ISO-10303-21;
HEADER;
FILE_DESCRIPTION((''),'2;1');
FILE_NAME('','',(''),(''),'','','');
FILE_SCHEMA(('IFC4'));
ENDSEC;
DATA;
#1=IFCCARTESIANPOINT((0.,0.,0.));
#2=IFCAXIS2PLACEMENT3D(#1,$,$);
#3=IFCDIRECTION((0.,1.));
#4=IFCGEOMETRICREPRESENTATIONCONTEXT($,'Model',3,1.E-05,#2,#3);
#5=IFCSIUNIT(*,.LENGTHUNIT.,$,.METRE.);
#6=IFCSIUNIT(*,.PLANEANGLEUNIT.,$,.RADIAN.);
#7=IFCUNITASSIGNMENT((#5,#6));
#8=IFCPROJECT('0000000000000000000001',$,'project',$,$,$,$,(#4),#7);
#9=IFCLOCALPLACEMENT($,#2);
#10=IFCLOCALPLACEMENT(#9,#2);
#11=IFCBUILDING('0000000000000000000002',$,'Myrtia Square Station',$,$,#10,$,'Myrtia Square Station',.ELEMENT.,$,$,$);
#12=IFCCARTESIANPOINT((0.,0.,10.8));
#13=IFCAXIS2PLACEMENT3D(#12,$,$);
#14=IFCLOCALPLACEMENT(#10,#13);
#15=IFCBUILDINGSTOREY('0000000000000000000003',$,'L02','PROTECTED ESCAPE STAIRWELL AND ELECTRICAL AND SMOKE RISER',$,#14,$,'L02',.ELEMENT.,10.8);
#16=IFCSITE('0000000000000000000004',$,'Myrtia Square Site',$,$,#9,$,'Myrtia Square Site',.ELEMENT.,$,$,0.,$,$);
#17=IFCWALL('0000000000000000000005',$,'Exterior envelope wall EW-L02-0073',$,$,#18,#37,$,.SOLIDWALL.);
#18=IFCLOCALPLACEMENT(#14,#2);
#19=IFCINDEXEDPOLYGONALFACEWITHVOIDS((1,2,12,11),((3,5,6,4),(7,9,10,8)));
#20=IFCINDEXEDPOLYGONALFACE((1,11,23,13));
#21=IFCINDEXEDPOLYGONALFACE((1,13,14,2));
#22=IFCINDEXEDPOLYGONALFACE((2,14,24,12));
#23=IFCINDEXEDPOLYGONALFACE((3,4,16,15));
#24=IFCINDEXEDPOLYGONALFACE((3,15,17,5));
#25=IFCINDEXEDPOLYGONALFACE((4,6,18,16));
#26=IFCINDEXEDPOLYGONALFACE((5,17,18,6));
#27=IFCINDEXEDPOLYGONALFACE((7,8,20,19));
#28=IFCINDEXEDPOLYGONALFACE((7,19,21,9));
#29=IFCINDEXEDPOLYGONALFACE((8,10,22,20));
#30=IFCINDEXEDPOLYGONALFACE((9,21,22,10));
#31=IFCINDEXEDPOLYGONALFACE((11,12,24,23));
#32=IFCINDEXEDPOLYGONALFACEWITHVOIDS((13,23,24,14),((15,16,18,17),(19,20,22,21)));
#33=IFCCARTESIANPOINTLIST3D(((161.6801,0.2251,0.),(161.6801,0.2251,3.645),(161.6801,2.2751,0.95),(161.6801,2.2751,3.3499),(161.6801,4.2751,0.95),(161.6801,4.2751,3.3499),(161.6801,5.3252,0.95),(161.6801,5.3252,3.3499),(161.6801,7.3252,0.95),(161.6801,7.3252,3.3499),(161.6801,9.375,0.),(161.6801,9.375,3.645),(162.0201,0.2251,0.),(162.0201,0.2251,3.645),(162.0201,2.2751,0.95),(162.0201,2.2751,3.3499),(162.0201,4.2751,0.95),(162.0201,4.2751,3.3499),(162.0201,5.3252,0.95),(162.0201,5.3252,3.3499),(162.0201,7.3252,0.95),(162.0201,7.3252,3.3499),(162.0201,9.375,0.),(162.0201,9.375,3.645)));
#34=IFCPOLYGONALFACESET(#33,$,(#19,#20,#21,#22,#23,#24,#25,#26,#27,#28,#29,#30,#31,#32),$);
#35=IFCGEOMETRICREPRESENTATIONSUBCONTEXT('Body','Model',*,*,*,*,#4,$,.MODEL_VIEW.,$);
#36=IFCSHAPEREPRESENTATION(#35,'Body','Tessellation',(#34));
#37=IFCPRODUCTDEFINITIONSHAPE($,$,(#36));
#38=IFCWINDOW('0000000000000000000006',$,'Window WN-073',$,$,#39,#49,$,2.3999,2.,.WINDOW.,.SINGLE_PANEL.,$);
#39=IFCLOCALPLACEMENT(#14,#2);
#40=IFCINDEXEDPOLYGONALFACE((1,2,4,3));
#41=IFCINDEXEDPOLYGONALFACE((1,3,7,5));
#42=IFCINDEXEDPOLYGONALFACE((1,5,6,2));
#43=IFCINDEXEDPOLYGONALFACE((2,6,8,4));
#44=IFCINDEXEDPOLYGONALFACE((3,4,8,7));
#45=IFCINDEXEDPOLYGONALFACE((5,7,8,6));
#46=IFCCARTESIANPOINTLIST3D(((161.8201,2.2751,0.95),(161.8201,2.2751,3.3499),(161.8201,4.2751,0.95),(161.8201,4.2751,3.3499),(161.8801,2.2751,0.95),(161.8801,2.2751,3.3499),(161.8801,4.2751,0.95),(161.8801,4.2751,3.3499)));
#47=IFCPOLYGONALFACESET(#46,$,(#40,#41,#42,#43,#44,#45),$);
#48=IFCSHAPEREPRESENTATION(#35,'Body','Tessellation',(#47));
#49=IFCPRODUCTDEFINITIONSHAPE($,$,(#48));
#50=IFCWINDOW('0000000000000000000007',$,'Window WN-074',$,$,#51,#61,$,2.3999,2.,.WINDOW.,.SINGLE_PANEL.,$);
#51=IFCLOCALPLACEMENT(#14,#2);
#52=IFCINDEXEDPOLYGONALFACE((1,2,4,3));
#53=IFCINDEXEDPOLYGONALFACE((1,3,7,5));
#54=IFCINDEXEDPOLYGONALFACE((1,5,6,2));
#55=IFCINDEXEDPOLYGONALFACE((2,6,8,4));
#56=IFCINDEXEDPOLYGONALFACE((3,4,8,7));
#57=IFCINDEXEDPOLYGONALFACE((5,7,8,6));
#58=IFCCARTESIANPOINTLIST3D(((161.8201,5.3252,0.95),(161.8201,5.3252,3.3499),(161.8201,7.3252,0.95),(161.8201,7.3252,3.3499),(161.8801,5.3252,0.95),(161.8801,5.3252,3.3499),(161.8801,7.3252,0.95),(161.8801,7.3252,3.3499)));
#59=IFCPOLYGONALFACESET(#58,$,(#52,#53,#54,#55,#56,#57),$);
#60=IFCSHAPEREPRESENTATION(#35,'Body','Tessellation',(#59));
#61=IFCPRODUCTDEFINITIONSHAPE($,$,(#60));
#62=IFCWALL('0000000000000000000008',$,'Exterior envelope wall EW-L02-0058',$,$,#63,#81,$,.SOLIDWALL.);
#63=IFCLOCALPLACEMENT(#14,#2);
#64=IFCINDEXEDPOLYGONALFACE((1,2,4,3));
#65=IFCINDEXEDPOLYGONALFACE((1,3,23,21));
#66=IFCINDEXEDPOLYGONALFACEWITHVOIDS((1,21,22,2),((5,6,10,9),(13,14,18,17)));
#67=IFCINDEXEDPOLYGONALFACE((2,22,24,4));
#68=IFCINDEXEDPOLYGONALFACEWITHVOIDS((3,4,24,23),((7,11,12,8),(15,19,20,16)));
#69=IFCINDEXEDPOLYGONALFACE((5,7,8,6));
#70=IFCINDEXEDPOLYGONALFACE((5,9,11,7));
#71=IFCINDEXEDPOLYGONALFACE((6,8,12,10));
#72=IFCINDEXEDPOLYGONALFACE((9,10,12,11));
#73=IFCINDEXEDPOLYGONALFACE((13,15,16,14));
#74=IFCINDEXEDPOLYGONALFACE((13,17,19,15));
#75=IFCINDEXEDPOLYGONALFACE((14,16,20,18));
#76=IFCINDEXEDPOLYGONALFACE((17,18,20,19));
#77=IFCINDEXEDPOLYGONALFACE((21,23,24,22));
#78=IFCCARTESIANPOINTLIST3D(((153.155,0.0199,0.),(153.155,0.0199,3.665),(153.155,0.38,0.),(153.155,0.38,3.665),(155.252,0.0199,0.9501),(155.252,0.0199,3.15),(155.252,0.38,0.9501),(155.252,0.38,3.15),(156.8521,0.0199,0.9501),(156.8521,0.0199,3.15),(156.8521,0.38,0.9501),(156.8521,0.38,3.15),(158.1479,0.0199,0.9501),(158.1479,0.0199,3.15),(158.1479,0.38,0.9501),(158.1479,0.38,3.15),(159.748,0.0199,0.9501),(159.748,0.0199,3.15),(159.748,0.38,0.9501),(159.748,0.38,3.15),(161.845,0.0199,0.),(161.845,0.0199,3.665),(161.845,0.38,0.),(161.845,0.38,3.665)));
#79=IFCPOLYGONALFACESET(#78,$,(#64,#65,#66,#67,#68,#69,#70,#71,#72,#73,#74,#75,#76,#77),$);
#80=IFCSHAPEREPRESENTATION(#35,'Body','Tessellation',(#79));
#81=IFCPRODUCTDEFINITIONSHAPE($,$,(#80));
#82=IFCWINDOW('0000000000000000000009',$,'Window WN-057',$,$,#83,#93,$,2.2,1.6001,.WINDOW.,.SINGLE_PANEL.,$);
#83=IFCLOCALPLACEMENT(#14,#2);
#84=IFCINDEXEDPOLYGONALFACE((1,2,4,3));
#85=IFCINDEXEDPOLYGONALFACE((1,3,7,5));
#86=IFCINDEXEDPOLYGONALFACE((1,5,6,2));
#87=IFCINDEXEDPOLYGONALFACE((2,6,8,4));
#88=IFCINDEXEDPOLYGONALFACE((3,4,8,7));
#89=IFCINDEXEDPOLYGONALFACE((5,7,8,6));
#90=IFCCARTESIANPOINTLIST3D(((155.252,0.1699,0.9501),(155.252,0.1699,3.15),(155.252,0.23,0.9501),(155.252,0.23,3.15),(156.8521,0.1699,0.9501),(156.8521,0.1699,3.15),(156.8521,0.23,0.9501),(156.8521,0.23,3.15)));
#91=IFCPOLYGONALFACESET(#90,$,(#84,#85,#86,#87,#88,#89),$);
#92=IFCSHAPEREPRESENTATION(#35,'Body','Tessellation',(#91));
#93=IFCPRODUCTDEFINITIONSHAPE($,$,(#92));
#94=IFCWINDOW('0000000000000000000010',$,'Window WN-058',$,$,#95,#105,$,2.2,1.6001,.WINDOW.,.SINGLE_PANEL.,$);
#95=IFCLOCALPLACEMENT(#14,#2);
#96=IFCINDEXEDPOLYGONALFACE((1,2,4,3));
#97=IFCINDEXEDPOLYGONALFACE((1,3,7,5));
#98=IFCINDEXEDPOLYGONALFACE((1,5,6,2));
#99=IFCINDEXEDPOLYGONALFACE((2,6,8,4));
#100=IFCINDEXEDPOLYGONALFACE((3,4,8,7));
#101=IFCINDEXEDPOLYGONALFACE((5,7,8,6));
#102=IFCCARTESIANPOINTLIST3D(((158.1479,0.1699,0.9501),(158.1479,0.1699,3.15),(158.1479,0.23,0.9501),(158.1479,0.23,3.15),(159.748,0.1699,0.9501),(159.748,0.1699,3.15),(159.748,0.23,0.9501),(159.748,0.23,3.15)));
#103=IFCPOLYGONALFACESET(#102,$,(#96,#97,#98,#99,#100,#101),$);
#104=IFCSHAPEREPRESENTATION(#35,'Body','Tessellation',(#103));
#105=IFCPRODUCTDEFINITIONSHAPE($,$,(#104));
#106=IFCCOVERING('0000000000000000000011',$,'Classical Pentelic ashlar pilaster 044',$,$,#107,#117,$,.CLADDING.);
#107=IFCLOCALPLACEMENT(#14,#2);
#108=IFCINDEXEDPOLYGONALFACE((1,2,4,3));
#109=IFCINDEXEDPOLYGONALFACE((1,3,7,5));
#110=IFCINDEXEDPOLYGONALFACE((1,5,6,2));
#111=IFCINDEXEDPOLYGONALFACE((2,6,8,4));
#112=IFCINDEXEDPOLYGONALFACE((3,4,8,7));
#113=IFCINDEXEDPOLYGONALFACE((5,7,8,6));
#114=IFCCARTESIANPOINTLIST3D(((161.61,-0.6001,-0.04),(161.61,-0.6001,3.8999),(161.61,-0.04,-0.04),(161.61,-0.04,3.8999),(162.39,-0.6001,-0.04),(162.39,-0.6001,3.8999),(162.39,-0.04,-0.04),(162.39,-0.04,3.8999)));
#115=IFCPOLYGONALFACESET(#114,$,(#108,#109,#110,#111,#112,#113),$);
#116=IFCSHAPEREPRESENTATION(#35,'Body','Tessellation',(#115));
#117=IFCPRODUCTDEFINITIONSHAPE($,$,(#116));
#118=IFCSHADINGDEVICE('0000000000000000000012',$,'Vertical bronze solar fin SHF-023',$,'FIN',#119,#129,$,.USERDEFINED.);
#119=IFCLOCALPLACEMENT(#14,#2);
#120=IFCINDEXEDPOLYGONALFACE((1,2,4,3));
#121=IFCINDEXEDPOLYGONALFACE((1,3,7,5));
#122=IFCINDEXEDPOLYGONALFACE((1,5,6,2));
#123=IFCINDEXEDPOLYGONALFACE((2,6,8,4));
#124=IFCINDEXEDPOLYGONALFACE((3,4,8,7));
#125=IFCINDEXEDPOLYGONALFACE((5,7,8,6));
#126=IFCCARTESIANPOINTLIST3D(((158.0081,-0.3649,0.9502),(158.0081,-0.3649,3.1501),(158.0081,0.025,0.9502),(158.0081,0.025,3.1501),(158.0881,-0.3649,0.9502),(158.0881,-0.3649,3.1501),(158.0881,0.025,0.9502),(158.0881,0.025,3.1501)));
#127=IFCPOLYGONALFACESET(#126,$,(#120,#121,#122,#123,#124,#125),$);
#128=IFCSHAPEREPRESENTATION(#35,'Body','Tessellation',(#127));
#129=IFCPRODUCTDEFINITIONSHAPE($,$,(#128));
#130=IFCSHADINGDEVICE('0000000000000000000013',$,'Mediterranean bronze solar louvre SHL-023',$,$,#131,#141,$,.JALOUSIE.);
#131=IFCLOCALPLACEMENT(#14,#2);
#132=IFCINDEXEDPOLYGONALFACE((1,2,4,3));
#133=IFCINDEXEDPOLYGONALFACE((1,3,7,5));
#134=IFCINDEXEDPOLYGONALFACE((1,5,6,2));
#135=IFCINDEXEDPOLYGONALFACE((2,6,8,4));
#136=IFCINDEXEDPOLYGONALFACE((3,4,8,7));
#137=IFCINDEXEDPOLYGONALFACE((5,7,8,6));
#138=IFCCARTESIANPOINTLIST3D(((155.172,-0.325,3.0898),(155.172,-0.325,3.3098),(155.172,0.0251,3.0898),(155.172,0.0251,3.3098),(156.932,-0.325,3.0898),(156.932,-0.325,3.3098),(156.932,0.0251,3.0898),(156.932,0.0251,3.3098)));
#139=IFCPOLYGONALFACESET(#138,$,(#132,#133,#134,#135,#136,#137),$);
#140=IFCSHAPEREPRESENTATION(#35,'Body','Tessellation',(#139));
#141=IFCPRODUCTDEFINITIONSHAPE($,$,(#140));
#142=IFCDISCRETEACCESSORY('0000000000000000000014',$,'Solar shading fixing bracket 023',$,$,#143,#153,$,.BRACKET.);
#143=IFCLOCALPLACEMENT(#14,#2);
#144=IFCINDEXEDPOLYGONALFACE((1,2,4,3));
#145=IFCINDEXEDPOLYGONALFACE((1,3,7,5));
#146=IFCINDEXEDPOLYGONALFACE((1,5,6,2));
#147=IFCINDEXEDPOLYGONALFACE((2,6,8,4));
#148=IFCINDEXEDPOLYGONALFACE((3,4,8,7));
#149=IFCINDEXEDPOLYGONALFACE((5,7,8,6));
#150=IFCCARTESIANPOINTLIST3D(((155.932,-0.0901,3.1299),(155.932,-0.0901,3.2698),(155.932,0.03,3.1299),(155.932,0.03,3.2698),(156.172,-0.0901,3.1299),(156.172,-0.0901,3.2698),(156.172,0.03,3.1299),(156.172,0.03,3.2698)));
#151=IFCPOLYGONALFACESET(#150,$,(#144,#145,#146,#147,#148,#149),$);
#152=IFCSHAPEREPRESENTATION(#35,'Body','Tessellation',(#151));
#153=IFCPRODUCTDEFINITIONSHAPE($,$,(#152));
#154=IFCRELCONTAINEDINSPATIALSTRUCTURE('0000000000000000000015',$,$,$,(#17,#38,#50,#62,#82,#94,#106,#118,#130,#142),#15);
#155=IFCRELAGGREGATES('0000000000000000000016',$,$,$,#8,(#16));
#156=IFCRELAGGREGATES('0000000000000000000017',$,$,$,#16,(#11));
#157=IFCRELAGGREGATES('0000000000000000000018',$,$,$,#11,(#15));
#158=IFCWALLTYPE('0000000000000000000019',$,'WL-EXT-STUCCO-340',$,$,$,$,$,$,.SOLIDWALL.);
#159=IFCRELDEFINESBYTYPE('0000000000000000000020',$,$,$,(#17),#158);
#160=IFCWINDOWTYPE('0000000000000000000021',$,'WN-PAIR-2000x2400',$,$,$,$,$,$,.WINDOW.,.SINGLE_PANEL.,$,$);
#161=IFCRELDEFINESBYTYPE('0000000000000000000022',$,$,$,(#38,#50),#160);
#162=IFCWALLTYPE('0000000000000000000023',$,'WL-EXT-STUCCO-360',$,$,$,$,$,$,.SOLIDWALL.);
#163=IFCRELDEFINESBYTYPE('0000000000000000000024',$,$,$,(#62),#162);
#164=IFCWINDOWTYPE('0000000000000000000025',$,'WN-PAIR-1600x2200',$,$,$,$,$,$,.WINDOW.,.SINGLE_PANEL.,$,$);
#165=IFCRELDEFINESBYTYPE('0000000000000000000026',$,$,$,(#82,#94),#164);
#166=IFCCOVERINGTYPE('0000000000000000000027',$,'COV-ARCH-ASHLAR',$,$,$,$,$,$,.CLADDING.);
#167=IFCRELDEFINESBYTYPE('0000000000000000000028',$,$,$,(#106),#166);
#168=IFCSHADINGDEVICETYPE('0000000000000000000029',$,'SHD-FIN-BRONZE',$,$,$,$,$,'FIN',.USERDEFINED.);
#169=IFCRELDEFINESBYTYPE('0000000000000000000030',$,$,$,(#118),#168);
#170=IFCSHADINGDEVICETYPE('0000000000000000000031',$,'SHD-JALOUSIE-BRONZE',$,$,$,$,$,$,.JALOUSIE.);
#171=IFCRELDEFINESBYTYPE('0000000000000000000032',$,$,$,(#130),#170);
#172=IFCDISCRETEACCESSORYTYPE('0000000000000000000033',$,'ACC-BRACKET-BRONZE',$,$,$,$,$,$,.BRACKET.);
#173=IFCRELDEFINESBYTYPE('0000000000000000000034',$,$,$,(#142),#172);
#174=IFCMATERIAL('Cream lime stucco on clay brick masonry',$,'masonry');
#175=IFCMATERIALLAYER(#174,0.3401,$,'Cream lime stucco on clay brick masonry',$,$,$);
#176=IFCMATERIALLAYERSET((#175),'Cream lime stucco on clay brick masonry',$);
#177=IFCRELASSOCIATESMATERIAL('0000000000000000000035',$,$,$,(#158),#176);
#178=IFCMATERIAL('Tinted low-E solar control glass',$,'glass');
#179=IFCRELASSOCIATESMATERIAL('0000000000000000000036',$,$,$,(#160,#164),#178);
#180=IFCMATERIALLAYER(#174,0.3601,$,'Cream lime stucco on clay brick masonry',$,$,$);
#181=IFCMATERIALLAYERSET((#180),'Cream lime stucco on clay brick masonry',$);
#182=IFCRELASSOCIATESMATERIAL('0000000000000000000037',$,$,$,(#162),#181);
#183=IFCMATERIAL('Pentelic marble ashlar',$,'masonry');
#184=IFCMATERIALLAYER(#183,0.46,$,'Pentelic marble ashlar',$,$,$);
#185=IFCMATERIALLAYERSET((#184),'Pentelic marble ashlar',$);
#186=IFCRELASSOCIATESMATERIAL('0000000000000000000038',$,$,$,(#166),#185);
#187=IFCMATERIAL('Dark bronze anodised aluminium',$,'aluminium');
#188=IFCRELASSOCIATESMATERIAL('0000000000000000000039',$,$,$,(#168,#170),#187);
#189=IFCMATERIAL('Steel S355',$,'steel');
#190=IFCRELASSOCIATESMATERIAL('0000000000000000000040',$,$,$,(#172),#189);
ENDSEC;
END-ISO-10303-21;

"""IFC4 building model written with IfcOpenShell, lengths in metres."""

from ifc_helpers import new_model, si_unit, direction, frame, frame_2d, origin, origin_2d, place, context, subcontext, project, spatial, rectangle, extrude, material, layer, layer_set, type_object, element, fill, save


model = new_model("IFC4")

# Units and contexts
model_context = context("Model", 3, precision=1e-05, world=origin(), true_north=direction((0.0, 1.0)))
body_context = subcontext(model_context, "Body", "Model", "MODEL_VIEW")
ifc_project = project(units=[si_unit("LENGTHUNIT", "METRE"), si_unit("PLANEANGLEUNIT", "RADIAN")], contexts=[model_context])

# Site, building, storey
site_placement = place(None, origin())
site = spatial("IfcSite", under=ifc_project, at=site_placement, Name="Myrtia Square Site", LongName="Myrtia Square Site", CompositionType="ELEMENT", RefElevation=0.0)
building_placement = place(site_placement, origin())
building = spatial("IfcBuilding", under=site, at=building_placement, Name="Myrtia Square Station", LongName="Myrtia Square Station", CompositionType="ELEMENT")
storey_placement = place(building_placement, frame((0.0, 0.0, 10.8)))
storey = spatial("IfcBuildingStorey", under=building, at=storey_placement, Name="L02", Description="PROTECTED ESCAPE STAIRWELL AND ELECTRICAL AND SMOKE RISER", LongName="L02", CompositionType="ELEMENT", Elevation=10.8)

# Shared definitions
ifc_material_1 = material(Name="Steel S355", Category="steel")

# Walls, openings, windows
ifc_material_2 = material(Name="Cream lime stucco on clay brick masonry", Category="masonry")
ifc_layer_1 = layer(ifc_material_2, 0.3401, Name="Cream lime stucco on clay brick masonry")
ifc_layer_set_1 = layer_set([ifc_layer_1], Name="Cream lime stucco on clay brick masonry")
wall_type_1 = type_object("IfcWallType", Name="WL-EXT-STUCCO-340", PredefinedType="SOLIDWALL", material=ifc_layer_set_1)
wall_1_placement = place(storey_placement, frame((161.8501, 0.2251, 0.0), z_axis=(0.0, 0.0, 1.0), x_axis=(0.0, 1.0, 0.0)))
wall_1 = element("IfcWall", 1, at=wall_1_placement, inside=storey, type_object=wall_type_1, Name="Exterior envelope wall EW-L02-0073", PredefinedType="SOLIDWALL", context=body_context, shape_type="SweptSolid", body=[
    extrude(rectangle(XDim=9.1499, YDim=0.3401, at=frame_2d((4.575, 0.0))), origin(), (0.0, 0.0, 1.0), 3.645),
])
opening_1_placement = place(wall_1_placement, frame((2.05, 0.0, 0.95)))
opening_1 = element("IfcOpeningElement", 2, at=opening_1_placement, cuts=wall_1, PredefinedType="OPENING", context=body_context, shape_type="SweptSolid", body=[
    extrude(rectangle(XDim=2.0, YDim=2.3999, at=frame_2d((1.0, 1.2))), frame((0.0, 0.1851, 0.0), z_axis=(0.0, -1.0, 0.0), x_axis=(1.0, 0.0, 0.0)), (0.0, 0.0, 1.0), 0.3701),
])
opening_2_placement = place(wall_1_placement, frame((5.1001, 0.0, 0.95)))
opening_2 = element("IfcOpeningElement", 3, at=opening_2_placement, cuts=wall_1, PredefinedType="OPENING", context=body_context, shape_type="SweptSolid", body=[
    extrude(rectangle(XDim=2.0, YDim=2.3999, at=frame_2d((1.0, 1.2))), frame((0.0, 0.1851, 0.0), z_axis=(0.0, -1.0, 0.0), x_axis=(1.0, 0.0, 0.0)), (0.0, 0.0, 1.0), 0.3701),
])
ifc_material_3 = material(Name="Tinted low-E solar control glass", Category="glass")
window_type_1 = type_object("IfcWindowType", Name="WN-PAIR-2000x2400", PartitioningType="SINGLE_PANEL", PredefinedType="WINDOW", material=ifc_material_3)
window_1_placement = place(opening_1_placement, origin())
window_1 = element("IfcWindow", 4, at=window_1_placement, inside=storey, type_object=window_type_1, Name="Window WN-073", OverallHeight=2.3999, OverallWidth=2.0, PartitioningType="SINGLE_PANEL", PredefinedType="WINDOW", context=body_context, shape_type="SweptSolid", body=[
    extrude(rectangle(XDim=2.0, YDim=2.3999, at=frame_2d((1.0, 1.2))), frame((0.0, 0.03, 0.0), z_axis=(0.0, -1.0, 0.0), x_axis=(1.0, 0.0, 0.0)), (0.0, 0.0, 1.0), 0.0601),
])
fill(opening_1, window_1)
window_2_placement = place(opening_2_placement, origin())
window_2 = element("IfcWindow", 5, at=window_2_placement, inside=storey, type_object=window_type_1, Name="Window WN-074", OverallHeight=2.3999, OverallWidth=2.0, PartitioningType="SINGLE_PANEL", PredefinedType="WINDOW", context=body_context, shape_type="SweptSolid", body=[
    extrude(rectangle(XDim=2.0, YDim=2.3999, at=frame_2d((1.0, 1.2))), frame((0.0, 0.03, 0.0), z_axis=(0.0, -1.0, 0.0), x_axis=(1.0, 0.0, 0.0)), (0.0, 0.0, 1.0), 0.0601),
])
fill(opening_2, window_2)
ifc_layer_2 = layer(ifc_material_2, 0.3601, Name="Cream lime stucco on clay brick masonry")
ifc_layer_set_2 = layer_set([ifc_layer_2], Name="Cream lime stucco on clay brick masonry")
wall_type_2 = type_object("IfcWallType", Name="WL-EXT-STUCCO-360", PredefinedType="SOLIDWALL", material=ifc_layer_set_2)
wall_2_placement = place(storey_placement, frame((153.155, 0.2, 0.0), z_axis=(0.0, 0.0, 1.0), x_axis=(1.0, 0.0, 0.0)))
wall_2 = element("IfcWall", 6, at=wall_2_placement, inside=storey, type_object=wall_type_2, Name="Exterior envelope wall EW-L02-0058", PredefinedType="SOLIDWALL", context=body_context, shape_type="SweptSolid", body=[
    extrude(rectangle(XDim=8.6899, YDim=0.3601, at=frame_2d((4.345, 0.0))), origin(), (0.0, 0.0, 1.0), 3.665),
])
opening_3_placement = place(wall_2_placement, frame((2.0969, 0.0, 0.95)))
opening_3 = element("IfcOpeningElement", 7, at=opening_3_placement, cuts=wall_2, PredefinedType="OPENING", context=body_context, shape_type="SweptSolid", body=[
    extrude(rectangle(XDim=1.6001, YDim=2.2, at=frame_2d((0.8, 1.1001))), frame((0.0, 0.1951, 0.0), z_axis=(0.0, -1.0, 0.0), x_axis=(1.0, 0.0, 0.0)), (0.0, 0.0, 1.0), 0.3901),
])
opening_4_placement = place(wall_2_placement, frame((4.9929, 0.0, 0.95)))
opening_4 = element("IfcOpeningElement", 8, at=opening_4_placement, cuts=wall_2, PredefinedType="OPENING", context=body_context, shape_type="SweptSolid", body=[
    extrude(rectangle(XDim=1.6001, YDim=2.2, at=frame_2d((0.8, 1.1001))), frame((0.0, 0.1951, 0.0), z_axis=(0.0, -1.0, 0.0), x_axis=(1.0, 0.0, 0.0)), (0.0, 0.0, 1.0), 0.3901),
])
window_type_2 = type_object("IfcWindowType", Name="WN-PAIR-1600x2200", PartitioningType="SINGLE_PANEL", PredefinedType="WINDOW", material=ifc_material_3)
window_3_placement = place(opening_3_placement, origin())
window_3 = element("IfcWindow", 9, at=window_3_placement, inside=storey, type_object=window_type_2, Name="Window WN-057", OverallHeight=2.2, OverallWidth=1.6001, PartitioningType="SINGLE_PANEL", PredefinedType="WINDOW", context=body_context, shape_type="SweptSolid", body=[
    extrude(rectangle(XDim=1.6001, YDim=2.2, at=frame_2d((0.8, 1.1001))), frame((0.0, 0.03, 0.0), z_axis=(0.0, -1.0, 0.0), x_axis=(1.0, 0.0, 0.0)), (0.0, 0.0, 1.0), 0.0601),
])
fill(opening_3, window_3)
window_4_placement = place(opening_4_placement, origin())
window_4 = element("IfcWindow", 10, at=window_4_placement, inside=storey, type_object=window_type_2, Name="Window WN-058", OverallHeight=2.2, OverallWidth=1.6001, PartitioningType="SINGLE_PANEL", PredefinedType="WINDOW", context=body_context, shape_type="SweptSolid", body=[
    extrude(rectangle(XDim=1.6001, YDim=2.2, at=frame_2d((0.8, 1.1001))), frame((0.0, 0.03, 0.0), z_axis=(0.0, -1.0, 0.0), x_axis=(1.0, 0.0, 0.0)), (0.0, 0.0, 1.0), 0.0601),
])
fill(opening_4, window_4)

# Covering
ifc_material_4 = material(Name="Pentelic marble ashlar", Category="masonry")
ifc_layer_3 = layer(ifc_material_4, 0.46, Name="Pentelic marble ashlar")
ifc_layer_set_3 = layer_set([ifc_layer_3], Name="Pentelic marble ashlar")
covering_type = type_object("IfcCoveringType", Name="COV-ARCH-ASHLAR", PredefinedType="CLADDING", material=ifc_layer_set_3)
covering_placement = place(storey_placement, frame((162.0, -0.3201, -0.04), z_axis=(0.0, 0.0, 1.0), x_axis=(1.0, 0.0, 0.0)))
element("IfcCovering", 11, at=covering_placement, inside=storey, type_object=covering_type, Name="Classical Pentelic ashlar pilaster 044", PredefinedType="CLADDING", context=body_context, shape_type="SweptSolid", body=[
    extrude(rectangle(XDim=0.78, YDim=0.5601, at=origin_2d()), origin(), (0.0, 0.0, 1.0), 3.9399),
])

# Shading devices
ifc_material_5 = material(Name="Dark bronze anodised aluminium", Category="aluminium")
shading_device_type_1 = type_object("IfcShadingDeviceType", Name="SHD-FIN-BRONZE", ElementType="FIN", PredefinedType="USERDEFINED", material=ifc_material_5)
shading_device_1_placement = place(storey_placement, frame((158.0481, -0.1699, 0.9502), z_axis=(0.0, 0.0, 1.0), x_axis=(1.0, 0.0, 0.0)))
element("IfcShadingDevice", 12, at=shading_device_1_placement, inside=storey, type_object=shading_device_type_1, Name="Vertical bronze solar fin SHF-023", ObjectType="FIN", PredefinedType="USERDEFINED", context=body_context, shape_type="SweptSolid", body=[
    extrude(rectangle(XDim=0.0801, YDim=0.3899, at=origin_2d()), origin(), (0.0, 0.0, 1.0), 2.2),
])
shading_device_type_2 = type_object("IfcShadingDeviceType", Name="SHD-JALOUSIE-BRONZE", PredefinedType="JALOUSIE", material=ifc_material_5)
shading_device_2_placement = place(storey_placement, frame((156.052, -0.1499, 3.0898), z_axis=(0.0, 0.0, 1.0), x_axis=(1.0, 0.0, 0.0)))
element("IfcShadingDevice", 13, at=shading_device_2_placement, inside=storey, type_object=shading_device_type_2, Name="Mediterranean bronze solar louvre SHL-023", PredefinedType="JALOUSIE", context=body_context, shape_type="SweptSolid", body=[
    extrude(rectangle(XDim=1.76, YDim=0.3501, at=origin_2d()), origin(), (0.0, 0.0, 1.0), 0.22),
])

# Discrete accessory
discrete_accessory_type = type_object("IfcDiscreteAccessoryType", Name="ACC-BRACKET-BRONZE", PredefinedType="BRACKET", material=ifc_material_1)
discrete_accessory_placement = place(storey_placement, frame((156.052, -0.03, 3.1299), z_axis=(0.0, 0.0, 1.0), x_axis=(1.0, 0.0, 0.0)))
element("IfcDiscreteAccessory", 14, at=discrete_accessory_placement, inside=storey, type_object=discrete_accessory_type, Name="Solar shading fixing bracket 023", PredefinedType="BRACKET", context=body_context, shape_type="SweptSolid", body=[
    extrude(rectangle(XDim=0.24, YDim=0.1201, at=origin_2d()), origin(), (0.0, 0.0, 1.0), 0.1399),
])

save(model, "model.ifc")
